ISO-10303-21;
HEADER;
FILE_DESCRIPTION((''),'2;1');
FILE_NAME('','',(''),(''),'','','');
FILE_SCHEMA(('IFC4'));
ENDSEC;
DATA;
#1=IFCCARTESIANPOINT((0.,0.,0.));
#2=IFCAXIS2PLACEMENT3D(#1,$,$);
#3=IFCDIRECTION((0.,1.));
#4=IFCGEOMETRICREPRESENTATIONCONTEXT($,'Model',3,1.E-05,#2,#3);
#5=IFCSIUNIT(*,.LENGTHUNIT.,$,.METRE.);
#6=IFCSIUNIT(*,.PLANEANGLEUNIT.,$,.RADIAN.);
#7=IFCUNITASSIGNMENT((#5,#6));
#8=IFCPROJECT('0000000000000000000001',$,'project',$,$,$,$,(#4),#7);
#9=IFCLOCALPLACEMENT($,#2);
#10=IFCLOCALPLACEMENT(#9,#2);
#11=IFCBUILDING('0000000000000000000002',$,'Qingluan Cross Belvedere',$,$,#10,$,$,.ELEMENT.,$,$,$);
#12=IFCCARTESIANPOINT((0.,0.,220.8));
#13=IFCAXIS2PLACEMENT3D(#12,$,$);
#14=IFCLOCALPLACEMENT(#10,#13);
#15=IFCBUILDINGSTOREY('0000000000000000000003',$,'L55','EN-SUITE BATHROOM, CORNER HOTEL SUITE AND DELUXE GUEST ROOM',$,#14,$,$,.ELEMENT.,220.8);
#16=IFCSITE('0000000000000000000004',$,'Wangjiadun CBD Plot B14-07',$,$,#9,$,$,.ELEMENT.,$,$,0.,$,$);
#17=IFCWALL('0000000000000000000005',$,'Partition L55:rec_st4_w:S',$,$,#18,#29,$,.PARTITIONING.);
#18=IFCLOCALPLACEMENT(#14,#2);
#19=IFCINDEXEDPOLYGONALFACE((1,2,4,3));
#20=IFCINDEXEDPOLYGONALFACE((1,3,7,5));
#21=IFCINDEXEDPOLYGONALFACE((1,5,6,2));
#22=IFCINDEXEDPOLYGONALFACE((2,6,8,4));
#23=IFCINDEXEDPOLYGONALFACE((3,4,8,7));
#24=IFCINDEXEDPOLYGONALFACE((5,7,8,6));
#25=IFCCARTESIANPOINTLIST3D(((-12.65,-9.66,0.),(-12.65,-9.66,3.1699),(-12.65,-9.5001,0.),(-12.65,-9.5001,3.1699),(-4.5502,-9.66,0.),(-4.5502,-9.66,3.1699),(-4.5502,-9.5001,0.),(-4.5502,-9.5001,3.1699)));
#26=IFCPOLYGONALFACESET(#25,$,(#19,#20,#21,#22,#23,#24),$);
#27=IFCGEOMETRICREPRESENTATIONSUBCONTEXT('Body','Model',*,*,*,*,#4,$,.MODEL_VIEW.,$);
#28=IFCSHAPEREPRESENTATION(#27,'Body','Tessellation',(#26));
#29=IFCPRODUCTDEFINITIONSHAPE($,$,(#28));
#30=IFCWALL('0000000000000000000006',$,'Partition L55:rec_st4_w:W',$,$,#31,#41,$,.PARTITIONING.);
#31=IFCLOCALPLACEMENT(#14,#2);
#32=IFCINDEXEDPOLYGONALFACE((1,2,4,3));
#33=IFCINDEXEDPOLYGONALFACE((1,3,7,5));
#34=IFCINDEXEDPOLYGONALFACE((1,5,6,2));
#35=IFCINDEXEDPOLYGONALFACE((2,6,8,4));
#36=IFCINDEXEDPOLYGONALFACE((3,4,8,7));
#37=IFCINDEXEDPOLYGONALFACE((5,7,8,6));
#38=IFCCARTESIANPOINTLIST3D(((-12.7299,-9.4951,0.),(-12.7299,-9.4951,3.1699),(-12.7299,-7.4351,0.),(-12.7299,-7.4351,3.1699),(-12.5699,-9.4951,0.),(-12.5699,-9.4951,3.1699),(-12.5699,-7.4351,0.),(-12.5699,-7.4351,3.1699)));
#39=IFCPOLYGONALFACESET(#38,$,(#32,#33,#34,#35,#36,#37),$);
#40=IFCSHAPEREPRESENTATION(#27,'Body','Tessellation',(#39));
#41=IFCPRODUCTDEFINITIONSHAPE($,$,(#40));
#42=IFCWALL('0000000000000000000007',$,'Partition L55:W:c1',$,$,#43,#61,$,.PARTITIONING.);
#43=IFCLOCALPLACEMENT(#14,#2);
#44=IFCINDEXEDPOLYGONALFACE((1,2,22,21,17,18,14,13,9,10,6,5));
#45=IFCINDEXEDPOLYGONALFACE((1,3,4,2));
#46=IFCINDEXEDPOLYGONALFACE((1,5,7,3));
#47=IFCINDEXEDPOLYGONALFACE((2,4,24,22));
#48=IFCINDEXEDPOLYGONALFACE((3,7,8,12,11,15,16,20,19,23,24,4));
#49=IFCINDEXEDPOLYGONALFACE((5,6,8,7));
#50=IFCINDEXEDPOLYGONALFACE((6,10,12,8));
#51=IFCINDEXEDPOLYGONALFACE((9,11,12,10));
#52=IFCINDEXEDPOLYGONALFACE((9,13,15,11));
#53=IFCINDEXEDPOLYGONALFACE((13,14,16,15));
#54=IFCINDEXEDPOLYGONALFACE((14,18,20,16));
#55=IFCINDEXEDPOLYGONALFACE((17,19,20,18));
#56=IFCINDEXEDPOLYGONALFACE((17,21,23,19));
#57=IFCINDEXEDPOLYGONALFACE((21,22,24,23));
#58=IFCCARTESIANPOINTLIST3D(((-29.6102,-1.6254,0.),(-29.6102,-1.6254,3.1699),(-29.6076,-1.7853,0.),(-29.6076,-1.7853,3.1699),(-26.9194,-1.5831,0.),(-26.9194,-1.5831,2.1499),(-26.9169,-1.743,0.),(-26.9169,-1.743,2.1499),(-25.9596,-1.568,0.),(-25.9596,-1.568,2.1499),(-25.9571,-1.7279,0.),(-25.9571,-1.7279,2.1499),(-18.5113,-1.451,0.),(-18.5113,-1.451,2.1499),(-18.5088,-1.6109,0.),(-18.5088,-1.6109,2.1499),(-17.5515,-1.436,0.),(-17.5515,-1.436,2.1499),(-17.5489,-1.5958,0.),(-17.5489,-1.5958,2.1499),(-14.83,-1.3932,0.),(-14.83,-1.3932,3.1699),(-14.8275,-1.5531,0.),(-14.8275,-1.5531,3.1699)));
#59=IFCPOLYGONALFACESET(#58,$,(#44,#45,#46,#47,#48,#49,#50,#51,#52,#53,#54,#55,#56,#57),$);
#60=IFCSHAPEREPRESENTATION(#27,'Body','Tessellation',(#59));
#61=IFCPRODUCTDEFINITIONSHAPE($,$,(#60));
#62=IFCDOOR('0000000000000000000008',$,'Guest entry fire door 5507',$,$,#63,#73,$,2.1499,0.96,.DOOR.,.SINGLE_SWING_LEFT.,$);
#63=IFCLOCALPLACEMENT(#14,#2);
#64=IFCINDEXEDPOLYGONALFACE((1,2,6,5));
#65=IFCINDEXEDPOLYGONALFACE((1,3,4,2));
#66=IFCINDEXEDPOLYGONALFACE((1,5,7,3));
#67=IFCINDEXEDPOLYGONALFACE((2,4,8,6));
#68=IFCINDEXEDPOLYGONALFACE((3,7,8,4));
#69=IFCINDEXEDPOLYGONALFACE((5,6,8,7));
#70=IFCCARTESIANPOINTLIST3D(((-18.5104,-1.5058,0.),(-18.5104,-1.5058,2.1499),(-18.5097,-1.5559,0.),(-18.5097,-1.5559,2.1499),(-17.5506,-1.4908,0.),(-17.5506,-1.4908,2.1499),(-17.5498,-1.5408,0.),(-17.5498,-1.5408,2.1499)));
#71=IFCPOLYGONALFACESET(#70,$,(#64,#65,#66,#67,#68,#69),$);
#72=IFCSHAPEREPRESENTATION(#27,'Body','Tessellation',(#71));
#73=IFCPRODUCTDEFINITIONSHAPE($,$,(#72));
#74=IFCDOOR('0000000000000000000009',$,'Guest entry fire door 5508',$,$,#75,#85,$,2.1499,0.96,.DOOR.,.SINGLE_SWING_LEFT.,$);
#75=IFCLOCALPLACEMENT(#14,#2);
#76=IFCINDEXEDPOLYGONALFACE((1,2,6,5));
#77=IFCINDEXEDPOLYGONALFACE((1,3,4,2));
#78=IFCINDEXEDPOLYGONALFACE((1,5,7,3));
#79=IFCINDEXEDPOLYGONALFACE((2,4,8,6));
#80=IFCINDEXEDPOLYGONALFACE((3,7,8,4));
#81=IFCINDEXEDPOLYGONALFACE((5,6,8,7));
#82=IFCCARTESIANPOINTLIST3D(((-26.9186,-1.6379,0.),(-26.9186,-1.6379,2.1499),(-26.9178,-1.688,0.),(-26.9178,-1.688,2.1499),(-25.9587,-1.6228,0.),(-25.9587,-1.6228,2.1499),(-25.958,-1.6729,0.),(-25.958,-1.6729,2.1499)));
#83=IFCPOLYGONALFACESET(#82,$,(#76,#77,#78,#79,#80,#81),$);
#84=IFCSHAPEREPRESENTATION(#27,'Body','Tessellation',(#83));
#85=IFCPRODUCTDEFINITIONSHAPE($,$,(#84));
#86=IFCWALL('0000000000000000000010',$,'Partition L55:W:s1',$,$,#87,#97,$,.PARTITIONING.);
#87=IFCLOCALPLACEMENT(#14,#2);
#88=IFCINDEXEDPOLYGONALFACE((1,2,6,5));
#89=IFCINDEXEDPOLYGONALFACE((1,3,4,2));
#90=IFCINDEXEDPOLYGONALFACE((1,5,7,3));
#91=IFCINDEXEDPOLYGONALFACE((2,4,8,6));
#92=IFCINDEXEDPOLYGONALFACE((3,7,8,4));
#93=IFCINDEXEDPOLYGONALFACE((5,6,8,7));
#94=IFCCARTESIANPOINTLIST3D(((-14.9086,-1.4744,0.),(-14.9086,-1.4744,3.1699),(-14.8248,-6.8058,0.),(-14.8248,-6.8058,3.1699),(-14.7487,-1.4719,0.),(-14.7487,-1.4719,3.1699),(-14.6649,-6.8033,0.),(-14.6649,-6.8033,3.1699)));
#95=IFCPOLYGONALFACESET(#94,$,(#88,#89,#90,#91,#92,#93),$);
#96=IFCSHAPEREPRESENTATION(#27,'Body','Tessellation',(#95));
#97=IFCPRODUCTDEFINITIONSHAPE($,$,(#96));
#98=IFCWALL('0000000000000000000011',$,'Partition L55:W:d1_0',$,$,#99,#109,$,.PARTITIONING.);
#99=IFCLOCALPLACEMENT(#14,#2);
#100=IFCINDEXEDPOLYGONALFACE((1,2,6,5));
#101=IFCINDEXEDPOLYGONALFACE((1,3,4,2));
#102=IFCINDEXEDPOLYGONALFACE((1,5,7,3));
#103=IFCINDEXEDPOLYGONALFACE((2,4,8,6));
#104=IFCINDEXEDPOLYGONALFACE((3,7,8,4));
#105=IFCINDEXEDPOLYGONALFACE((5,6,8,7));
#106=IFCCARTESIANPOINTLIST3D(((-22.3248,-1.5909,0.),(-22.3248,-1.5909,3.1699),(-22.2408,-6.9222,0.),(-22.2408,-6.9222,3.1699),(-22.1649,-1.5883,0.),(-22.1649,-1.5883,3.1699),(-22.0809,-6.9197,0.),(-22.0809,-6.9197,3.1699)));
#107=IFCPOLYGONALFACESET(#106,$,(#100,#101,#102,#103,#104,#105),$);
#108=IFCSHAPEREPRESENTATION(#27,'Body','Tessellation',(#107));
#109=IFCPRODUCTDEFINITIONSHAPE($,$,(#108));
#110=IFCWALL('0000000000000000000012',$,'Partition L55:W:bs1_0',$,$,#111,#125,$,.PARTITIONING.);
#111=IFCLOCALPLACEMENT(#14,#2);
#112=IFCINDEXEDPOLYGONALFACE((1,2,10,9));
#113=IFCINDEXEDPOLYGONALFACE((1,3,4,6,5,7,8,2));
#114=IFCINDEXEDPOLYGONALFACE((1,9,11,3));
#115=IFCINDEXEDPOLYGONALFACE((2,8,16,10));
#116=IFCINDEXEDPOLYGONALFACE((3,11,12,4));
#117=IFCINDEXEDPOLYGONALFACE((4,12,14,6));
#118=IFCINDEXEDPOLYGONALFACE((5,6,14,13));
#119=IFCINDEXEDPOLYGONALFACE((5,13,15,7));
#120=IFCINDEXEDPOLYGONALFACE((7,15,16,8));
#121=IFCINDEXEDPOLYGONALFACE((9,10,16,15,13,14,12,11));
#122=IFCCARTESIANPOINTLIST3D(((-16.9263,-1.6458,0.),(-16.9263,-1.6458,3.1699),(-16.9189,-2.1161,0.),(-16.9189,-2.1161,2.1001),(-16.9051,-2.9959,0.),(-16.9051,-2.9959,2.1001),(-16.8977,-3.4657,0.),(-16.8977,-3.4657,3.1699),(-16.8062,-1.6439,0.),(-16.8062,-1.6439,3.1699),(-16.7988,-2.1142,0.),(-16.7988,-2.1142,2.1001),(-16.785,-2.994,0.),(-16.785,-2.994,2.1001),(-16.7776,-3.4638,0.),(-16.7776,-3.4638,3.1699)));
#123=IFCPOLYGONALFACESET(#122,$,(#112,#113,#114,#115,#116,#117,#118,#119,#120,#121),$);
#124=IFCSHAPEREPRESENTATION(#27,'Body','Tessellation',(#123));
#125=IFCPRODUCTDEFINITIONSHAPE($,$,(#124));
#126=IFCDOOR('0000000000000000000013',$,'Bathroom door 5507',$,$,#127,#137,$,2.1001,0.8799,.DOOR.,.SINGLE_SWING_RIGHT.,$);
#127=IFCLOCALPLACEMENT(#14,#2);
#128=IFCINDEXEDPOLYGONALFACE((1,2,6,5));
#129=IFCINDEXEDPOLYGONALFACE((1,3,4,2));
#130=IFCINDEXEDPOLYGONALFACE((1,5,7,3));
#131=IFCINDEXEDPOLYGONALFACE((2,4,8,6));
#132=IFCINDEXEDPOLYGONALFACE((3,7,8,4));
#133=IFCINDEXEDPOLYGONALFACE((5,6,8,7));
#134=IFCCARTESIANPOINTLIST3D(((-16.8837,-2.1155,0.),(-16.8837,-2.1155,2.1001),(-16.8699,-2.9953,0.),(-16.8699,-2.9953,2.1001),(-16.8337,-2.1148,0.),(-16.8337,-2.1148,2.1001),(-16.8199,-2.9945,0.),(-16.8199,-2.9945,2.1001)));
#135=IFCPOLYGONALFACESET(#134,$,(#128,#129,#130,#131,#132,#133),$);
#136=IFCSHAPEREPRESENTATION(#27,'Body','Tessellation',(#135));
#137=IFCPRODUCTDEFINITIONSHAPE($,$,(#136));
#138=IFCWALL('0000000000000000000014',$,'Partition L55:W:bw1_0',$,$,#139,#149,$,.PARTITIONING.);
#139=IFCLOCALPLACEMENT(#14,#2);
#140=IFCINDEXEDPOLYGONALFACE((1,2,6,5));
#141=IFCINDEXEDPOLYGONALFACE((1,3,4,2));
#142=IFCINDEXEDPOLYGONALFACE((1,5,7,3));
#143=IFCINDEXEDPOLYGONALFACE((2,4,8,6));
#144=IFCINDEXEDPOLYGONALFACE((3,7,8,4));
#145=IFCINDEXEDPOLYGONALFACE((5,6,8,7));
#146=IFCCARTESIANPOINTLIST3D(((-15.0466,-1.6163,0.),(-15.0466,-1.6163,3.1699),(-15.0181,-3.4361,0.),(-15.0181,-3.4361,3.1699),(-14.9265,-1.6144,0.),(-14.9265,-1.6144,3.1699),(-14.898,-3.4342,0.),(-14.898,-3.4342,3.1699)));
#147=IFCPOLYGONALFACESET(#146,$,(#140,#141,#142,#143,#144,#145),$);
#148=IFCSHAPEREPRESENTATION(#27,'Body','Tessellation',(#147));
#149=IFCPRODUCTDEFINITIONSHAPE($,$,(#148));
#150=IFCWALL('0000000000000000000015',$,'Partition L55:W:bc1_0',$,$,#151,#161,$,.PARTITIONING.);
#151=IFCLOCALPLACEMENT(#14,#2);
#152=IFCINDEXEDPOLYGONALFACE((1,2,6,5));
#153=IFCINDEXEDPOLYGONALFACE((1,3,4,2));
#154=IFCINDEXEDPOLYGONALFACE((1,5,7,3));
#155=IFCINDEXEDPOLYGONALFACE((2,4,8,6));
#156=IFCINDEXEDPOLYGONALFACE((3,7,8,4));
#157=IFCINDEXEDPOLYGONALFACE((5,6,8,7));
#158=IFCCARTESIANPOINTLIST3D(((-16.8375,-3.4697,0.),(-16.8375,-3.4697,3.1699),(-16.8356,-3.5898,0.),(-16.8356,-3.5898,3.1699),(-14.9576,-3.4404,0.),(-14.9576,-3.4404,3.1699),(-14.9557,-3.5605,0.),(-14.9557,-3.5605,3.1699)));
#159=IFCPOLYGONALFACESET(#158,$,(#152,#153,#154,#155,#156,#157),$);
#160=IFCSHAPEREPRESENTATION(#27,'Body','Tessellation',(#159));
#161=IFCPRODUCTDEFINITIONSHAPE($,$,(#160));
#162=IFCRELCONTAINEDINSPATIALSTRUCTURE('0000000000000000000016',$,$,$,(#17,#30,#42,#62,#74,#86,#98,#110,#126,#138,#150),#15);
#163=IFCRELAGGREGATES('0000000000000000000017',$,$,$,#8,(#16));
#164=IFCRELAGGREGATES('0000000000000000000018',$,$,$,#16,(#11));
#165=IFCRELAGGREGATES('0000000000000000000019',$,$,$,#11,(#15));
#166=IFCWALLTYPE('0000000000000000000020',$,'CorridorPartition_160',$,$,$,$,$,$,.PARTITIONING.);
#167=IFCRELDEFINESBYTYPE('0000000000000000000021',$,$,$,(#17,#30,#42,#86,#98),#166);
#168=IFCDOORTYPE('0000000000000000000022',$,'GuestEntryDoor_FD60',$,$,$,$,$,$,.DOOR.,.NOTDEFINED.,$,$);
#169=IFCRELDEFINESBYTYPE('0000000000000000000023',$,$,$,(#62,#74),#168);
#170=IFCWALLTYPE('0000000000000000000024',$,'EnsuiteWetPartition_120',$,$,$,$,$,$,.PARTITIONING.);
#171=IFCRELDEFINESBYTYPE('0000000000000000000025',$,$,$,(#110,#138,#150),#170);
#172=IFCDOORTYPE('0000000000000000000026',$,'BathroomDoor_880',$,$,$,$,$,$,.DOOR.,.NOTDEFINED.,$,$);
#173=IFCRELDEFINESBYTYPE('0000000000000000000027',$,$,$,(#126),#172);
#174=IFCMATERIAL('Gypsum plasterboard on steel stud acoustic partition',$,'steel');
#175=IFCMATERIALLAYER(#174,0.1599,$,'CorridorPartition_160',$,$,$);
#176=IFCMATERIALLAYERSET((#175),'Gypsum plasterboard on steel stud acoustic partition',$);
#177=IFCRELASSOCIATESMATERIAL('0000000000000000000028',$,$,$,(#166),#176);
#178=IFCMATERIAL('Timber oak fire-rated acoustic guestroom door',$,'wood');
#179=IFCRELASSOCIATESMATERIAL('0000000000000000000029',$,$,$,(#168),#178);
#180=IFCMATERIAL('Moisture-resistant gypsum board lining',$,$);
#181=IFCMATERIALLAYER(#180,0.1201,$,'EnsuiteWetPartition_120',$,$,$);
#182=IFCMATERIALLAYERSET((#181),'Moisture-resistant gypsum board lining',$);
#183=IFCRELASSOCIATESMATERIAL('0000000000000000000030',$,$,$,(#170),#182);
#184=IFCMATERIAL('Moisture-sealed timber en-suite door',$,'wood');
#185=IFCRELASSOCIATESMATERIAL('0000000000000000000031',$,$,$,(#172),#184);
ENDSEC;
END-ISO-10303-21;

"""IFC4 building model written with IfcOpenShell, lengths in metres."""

from ifc_helpers import new_model, si_unit, direction, frame, frame_2d, origin, place, context, subcontext, project, spatial, rectangle, extrude, material, layer, layer_set, type_object, element, fill, save


model = new_model("IFC4")

# Units and contexts
model_context = context("Model", 3, precision=1e-05, world=origin(), true_north=direction((0.0, 1.0)))
body_context = subcontext(model_context, "Body", "Model", "MODEL_VIEW")
ifc_project = project(units=[si_unit("LENGTHUNIT", "METRE"), si_unit("PLANEANGLEUNIT", "RADIAN")], contexts=[model_context])

# Site, building, storey
site_placement = place(None, origin())
site = spatial("IfcSite", under=ifc_project, at=site_placement, Name="Wangjiadun CBD Plot B14-07", CompositionType="ELEMENT", RefElevation=0.0)
building_placement = place(site_placement, origin())
building = spatial("IfcBuilding", under=site, at=building_placement, Name="Qingluan Cross Belvedere", CompositionType="ELEMENT")
storey_placement = place(building_placement, frame((0.0, 0.0, 220.8)))
storey = spatial("IfcBuildingStorey", under=building, at=storey_placement, Name="L55", Description="EN-SUITE BATHROOM, CORNER HOTEL SUITE AND DELUXE GUEST ROOM", CompositionType="ELEMENT", Elevation=220.8)

# Walls
ifc_material_1 = material(Name="Gypsum plasterboard on steel stud acoustic partition", Category="steel")
ifc_layer_1 = layer(ifc_material_1, 0.1599, Name="CorridorPartition_160")
ifc_layer_set_1 = layer_set([ifc_layer_1], Name="Gypsum plasterboard on steel stud acoustic partition")
wall_type_1 = type_object("IfcWallType", Name="CorridorPartition_160", PredefinedType="PARTITIONING", material=ifc_layer_set_1)
wall_1_placement = place(storey_placement, frame((-12.6499, -9.5801, 0.0), z_axis=(0.0, 0.0, 1.0), x_axis=(1.0, 0.0, 0.0)))
element("IfcWall", 1, at=wall_1_placement, inside=storey, type_object=wall_type_1, Name="Partition L55:rec_st4_w:S", PredefinedType="PARTITIONING", context=body_context, shape_type="SweptSolid", body=[
    extrude(rectangle(XDim=8.0999, YDim=0.1599, at=frame_2d((4.0498, 0.0))), origin(), (0.0, 0.0, 1.0), 3.1699),
])
wall_2_placement = place(storey_placement, frame((-12.6499, -9.4951, 0.0), z_axis=(0.0, 0.0, 1.0), x_axis=(0.0, 1.0, 0.0)))
element("IfcWall", 2, at=wall_2_placement, inside=storey, type_object=wall_type_1, Name="Partition L55:rec_st4_w:W", PredefinedType="PARTITIONING", context=body_context, shape_type="SweptSolid", body=[
    extrude(rectangle(XDim=2.0601, YDim=0.1599, at=frame_2d((1.03, 0.0))), origin(), (0.0, 0.0, 1.0), 3.1699),
])

# Wall, openings, doors
wall_3_placement = place(storey_placement, frame((-14.8286, -1.4731, 0.0), z_axis=(0.0, 0.0, 1.0), x_axis=(-0.999877, -0.015707, 0.0)))
wall_3 = element("IfcWall", 3, at=wall_3_placement, inside=storey, type_object=wall_type_1, Name="Partition L55:W:c1", PredefinedType="PARTITIONING", context=body_context, shape_type="SweptSolid", body=[
    extrude(rectangle(XDim=14.782, YDim=0.1599, at=frame_2d((7.3911, 0.0))), origin(), (0.0, 0.0, 1.0), 3.1699),
])
opening_1_placement = place(wall_3_placement, frame((2.7219, 0.0, 0.0)))
opening_1 = element("IfcOpeningElement", 4, at=opening_1_placement, cuts=wall_3, PredefinedType="OPENING", context=body_context, shape_type="SweptSolid", body=[
    extrude(rectangle(XDim=0.96, YDim=2.1499, at=frame_2d((0.48, 1.075))), frame((0.0, 0.0898, 0.0), z_axis=(0.0, -1.0, 0.0), x_axis=(1.0, 0.0, 0.0)), (0.0, 0.0, 1.0), 0.1799),
])
opening_2_placement = place(wall_3_placement, frame((11.1311, 0.0, 0.0)))
opening_2 = element("IfcOpeningElement", 5, at=opening_2_placement, cuts=wall_3, PredefinedType="OPENING", context=body_context, shape_type="SweptSolid", body=[
    extrude(rectangle(XDim=0.96, YDim=2.1499, at=frame_2d((0.48, 1.075))), frame((0.0, 0.0898, 0.0), z_axis=(0.0, -1.0, 0.0), x_axis=(1.0, 0.0, 0.0)), (0.0, 0.0, 1.0), 0.1799),
])
ifc_material_2 = material(Name="Timber oak fire-rated acoustic guestroom door", Category="wood")
door_type_1 = type_object("IfcDoorType", Name="GuestEntryDoor_FD60", OperationType="NOTDEFINED", PredefinedType="DOOR", material=ifc_material_2)
door_1_placement = place(opening_1_placement, origin())
door_1 = element("IfcDoor", 6, at=door_1_placement, inside=storey, type_object=door_type_1, Name="Guest entry fire door 5507", OperationType="SINGLE_SWING_LEFT", OverallHeight=2.1499, OverallWidth=0.96, PredefinedType="DOOR", context=body_context, shape_type="SweptSolid", body=[
    extrude(rectangle(XDim=0.96, YDim=2.1499, at=frame_2d((0.48, 1.075))), frame((0.0, 0.0249, 0.0), z_axis=(0.0, -1.0, 0.0), x_axis=(1.0, 0.0, 0.0)), (0.0, 0.0, 1.0), 0.05),
])
fill(opening_1, door_1)
door_2_placement = place(opening_2_placement, origin())
door_2 = element("IfcDoor", 7, at=door_2_placement, inside=storey, type_object=door_type_1, Name="Guest entry fire door 5508", OperationType="SINGLE_SWING_LEFT", OverallHeight=2.1499, OverallWidth=0.96, PredefinedType="DOOR", context=body_context, shape_type="SweptSolid", body=[
    extrude(rectangle(XDim=0.96, YDim=2.1499, at=frame_2d((0.48, 1.075))), frame((0.0, 0.0249, 0.0), z_axis=(0.0, -1.0, 0.0), x_axis=(1.0, 0.0, 0.0)), (0.0, 0.0, 1.0), 0.05),
])
fill(opening_2, door_2)

# Walls
for number, where, z_axis, x_axis, name in (
    (8, (-14.8286, -1.4731, 0.0), (0.0, 0.0, 1.0), (0.015705, -0.999877, 0.0), "Partition L55:W:s1"),
    (9, (-22.2449, -1.5896, 0.0), (0.0, 0.0, 1.0), (0.015751, -0.999876, 0.0), "Partition L55:W:d1_0"),
):
    element("IfcWall", number, at=place(storey_placement, frame(where, z_axis=z_axis, x_axis=x_axis)), inside=storey, type_object=wall_type_1, Name=name, PredefinedType="PARTITIONING", context=body_context, shape_type="SweptSolid", body=[
        extrude(rectangle(XDim=5.332, YDim=0.1599, at=frame_2d((2.666, 0.0))), origin(), (0.0, 0.0, 1.0), 3.1699),
    ])

# Wall, opening, door
ifc_material_3 = material(Name="Moisture-resistant gypsum board lining")
ifc_layer_2 = layer(ifc_material_3, 0.1201, Name="EnsuiteWetPartition_120")
ifc_layer_set_2 = layer_set([ifc_layer_2], Name="Moisture-resistant gypsum board lining")
wall_type_2 = type_object("IfcWallType", Name="EnsuiteWetPartition_120", PredefinedType="PARTITIONING", material=ifc_layer_set_2)
wall_4_placement = place(storey_placement, frame((-16.8376, -3.4648, 0.0), z_axis=(0.0, 0.0, 1.0), x_axis=(-0.015694, 0.999877, 0.0)))
wall_4 = element("IfcWall", 10, at=wall_4_placement, inside=storey, type_object=wall_type_2, Name="Partition L55:W:bs1_0", PredefinedType="PARTITIONING", context=body_context, shape_type="SweptSolid", body=[
    extrude(rectangle(XDim=1.8201, YDim=0.1201, at=frame_2d((0.9102, 0.0))), origin(), (0.0, 0.0, 1.0), 3.1699),
])
opening_3_placement = place(wall_4_placement, frame((0.47, 0.0, 0.0)))
opening_3 = element("IfcOpeningElement", 11, at=opening_3_placement, cuts=wall_4, PredefinedType="OPENING", context=body_context, shape_type="SweptSolid", body=[
    extrude(rectangle(XDim=0.8799, YDim=2.1001, at=frame_2d((0.4399, 1.05))), frame((0.0, 0.0701, 0.0), z_axis=(0.0, -1.0, 0.0), x_axis=(1.0, 0.0, 0.0)), (0.0, 0.0, 1.0), 0.1401),
])
ifc_material_4 = material(Name="Moisture-sealed timber en-suite door", Category="wood")
door_type_2 = type_object("IfcDoorType", Name="BathroomDoor_880", OperationType="NOTDEFINED", PredefinedType="DOOR", material=ifc_material_4)
door_3_placement = place(opening_3_placement, origin())
door_3 = element("IfcDoor", 12, at=door_3_placement, inside=storey, type_object=door_type_2, Name="Bathroom door 5507", OperationType="SINGLE_SWING_RIGHT", OverallHeight=2.1001, OverallWidth=0.8799, PredefinedType="DOOR", context=body_context, shape_type="SweptSolid", body=[
    extrude(rectangle(XDim=0.8799, YDim=2.1001, at=frame_2d((0.4399, 1.05))), frame((0.0, 0.0249, 0.0), z_axis=(0.0, -1.0, 0.0), x_axis=(1.0, 0.0, 0.0)), (0.0, 0.0, 1.0), 0.05),
])
fill(opening_3, door_3)

# Walls
wall_5_placement = place(storey_placement, frame((-14.958, -3.4353, 0.0), z_axis=(0.0, 0.0, 1.0), x_axis=(-0.015694, 0.999877, 0.0)))
element("IfcWall", 13, at=wall_5_placement, inside=storey, type_object=wall_type_2, Name="Partition L55:W:bw1_0", PredefinedType="PARTITIONING", context=body_context, shape_type="SweptSolid", body=[
    extrude(rectangle(XDim=1.8201, YDim=0.1201, at=frame_2d((0.9102, 0.0))), origin(), (0.0, 0.0, 1.0), 3.1699),
])
wall_6_placement = place(storey_placement, frame((-14.9568, -3.5005, 0.0), z_axis=(0.0, 0.0, 1.0), x_axis=(-0.999879, -0.015583, 0.0)))
element("IfcWall", 14, at=wall_6_placement, inside=storey, type_object=wall_type_2, Name="Partition L55:W:bc1_0", PredefinedType="PARTITIONING", context=body_context, shape_type="SweptSolid", body=[
    extrude(rectangle(XDim=1.8801, YDim=0.1201, at=frame_2d((0.9399, 0.0))), origin(), (0.0, 0.0, 1.0), 3.1699),
])

save(model, "model.ifc")
